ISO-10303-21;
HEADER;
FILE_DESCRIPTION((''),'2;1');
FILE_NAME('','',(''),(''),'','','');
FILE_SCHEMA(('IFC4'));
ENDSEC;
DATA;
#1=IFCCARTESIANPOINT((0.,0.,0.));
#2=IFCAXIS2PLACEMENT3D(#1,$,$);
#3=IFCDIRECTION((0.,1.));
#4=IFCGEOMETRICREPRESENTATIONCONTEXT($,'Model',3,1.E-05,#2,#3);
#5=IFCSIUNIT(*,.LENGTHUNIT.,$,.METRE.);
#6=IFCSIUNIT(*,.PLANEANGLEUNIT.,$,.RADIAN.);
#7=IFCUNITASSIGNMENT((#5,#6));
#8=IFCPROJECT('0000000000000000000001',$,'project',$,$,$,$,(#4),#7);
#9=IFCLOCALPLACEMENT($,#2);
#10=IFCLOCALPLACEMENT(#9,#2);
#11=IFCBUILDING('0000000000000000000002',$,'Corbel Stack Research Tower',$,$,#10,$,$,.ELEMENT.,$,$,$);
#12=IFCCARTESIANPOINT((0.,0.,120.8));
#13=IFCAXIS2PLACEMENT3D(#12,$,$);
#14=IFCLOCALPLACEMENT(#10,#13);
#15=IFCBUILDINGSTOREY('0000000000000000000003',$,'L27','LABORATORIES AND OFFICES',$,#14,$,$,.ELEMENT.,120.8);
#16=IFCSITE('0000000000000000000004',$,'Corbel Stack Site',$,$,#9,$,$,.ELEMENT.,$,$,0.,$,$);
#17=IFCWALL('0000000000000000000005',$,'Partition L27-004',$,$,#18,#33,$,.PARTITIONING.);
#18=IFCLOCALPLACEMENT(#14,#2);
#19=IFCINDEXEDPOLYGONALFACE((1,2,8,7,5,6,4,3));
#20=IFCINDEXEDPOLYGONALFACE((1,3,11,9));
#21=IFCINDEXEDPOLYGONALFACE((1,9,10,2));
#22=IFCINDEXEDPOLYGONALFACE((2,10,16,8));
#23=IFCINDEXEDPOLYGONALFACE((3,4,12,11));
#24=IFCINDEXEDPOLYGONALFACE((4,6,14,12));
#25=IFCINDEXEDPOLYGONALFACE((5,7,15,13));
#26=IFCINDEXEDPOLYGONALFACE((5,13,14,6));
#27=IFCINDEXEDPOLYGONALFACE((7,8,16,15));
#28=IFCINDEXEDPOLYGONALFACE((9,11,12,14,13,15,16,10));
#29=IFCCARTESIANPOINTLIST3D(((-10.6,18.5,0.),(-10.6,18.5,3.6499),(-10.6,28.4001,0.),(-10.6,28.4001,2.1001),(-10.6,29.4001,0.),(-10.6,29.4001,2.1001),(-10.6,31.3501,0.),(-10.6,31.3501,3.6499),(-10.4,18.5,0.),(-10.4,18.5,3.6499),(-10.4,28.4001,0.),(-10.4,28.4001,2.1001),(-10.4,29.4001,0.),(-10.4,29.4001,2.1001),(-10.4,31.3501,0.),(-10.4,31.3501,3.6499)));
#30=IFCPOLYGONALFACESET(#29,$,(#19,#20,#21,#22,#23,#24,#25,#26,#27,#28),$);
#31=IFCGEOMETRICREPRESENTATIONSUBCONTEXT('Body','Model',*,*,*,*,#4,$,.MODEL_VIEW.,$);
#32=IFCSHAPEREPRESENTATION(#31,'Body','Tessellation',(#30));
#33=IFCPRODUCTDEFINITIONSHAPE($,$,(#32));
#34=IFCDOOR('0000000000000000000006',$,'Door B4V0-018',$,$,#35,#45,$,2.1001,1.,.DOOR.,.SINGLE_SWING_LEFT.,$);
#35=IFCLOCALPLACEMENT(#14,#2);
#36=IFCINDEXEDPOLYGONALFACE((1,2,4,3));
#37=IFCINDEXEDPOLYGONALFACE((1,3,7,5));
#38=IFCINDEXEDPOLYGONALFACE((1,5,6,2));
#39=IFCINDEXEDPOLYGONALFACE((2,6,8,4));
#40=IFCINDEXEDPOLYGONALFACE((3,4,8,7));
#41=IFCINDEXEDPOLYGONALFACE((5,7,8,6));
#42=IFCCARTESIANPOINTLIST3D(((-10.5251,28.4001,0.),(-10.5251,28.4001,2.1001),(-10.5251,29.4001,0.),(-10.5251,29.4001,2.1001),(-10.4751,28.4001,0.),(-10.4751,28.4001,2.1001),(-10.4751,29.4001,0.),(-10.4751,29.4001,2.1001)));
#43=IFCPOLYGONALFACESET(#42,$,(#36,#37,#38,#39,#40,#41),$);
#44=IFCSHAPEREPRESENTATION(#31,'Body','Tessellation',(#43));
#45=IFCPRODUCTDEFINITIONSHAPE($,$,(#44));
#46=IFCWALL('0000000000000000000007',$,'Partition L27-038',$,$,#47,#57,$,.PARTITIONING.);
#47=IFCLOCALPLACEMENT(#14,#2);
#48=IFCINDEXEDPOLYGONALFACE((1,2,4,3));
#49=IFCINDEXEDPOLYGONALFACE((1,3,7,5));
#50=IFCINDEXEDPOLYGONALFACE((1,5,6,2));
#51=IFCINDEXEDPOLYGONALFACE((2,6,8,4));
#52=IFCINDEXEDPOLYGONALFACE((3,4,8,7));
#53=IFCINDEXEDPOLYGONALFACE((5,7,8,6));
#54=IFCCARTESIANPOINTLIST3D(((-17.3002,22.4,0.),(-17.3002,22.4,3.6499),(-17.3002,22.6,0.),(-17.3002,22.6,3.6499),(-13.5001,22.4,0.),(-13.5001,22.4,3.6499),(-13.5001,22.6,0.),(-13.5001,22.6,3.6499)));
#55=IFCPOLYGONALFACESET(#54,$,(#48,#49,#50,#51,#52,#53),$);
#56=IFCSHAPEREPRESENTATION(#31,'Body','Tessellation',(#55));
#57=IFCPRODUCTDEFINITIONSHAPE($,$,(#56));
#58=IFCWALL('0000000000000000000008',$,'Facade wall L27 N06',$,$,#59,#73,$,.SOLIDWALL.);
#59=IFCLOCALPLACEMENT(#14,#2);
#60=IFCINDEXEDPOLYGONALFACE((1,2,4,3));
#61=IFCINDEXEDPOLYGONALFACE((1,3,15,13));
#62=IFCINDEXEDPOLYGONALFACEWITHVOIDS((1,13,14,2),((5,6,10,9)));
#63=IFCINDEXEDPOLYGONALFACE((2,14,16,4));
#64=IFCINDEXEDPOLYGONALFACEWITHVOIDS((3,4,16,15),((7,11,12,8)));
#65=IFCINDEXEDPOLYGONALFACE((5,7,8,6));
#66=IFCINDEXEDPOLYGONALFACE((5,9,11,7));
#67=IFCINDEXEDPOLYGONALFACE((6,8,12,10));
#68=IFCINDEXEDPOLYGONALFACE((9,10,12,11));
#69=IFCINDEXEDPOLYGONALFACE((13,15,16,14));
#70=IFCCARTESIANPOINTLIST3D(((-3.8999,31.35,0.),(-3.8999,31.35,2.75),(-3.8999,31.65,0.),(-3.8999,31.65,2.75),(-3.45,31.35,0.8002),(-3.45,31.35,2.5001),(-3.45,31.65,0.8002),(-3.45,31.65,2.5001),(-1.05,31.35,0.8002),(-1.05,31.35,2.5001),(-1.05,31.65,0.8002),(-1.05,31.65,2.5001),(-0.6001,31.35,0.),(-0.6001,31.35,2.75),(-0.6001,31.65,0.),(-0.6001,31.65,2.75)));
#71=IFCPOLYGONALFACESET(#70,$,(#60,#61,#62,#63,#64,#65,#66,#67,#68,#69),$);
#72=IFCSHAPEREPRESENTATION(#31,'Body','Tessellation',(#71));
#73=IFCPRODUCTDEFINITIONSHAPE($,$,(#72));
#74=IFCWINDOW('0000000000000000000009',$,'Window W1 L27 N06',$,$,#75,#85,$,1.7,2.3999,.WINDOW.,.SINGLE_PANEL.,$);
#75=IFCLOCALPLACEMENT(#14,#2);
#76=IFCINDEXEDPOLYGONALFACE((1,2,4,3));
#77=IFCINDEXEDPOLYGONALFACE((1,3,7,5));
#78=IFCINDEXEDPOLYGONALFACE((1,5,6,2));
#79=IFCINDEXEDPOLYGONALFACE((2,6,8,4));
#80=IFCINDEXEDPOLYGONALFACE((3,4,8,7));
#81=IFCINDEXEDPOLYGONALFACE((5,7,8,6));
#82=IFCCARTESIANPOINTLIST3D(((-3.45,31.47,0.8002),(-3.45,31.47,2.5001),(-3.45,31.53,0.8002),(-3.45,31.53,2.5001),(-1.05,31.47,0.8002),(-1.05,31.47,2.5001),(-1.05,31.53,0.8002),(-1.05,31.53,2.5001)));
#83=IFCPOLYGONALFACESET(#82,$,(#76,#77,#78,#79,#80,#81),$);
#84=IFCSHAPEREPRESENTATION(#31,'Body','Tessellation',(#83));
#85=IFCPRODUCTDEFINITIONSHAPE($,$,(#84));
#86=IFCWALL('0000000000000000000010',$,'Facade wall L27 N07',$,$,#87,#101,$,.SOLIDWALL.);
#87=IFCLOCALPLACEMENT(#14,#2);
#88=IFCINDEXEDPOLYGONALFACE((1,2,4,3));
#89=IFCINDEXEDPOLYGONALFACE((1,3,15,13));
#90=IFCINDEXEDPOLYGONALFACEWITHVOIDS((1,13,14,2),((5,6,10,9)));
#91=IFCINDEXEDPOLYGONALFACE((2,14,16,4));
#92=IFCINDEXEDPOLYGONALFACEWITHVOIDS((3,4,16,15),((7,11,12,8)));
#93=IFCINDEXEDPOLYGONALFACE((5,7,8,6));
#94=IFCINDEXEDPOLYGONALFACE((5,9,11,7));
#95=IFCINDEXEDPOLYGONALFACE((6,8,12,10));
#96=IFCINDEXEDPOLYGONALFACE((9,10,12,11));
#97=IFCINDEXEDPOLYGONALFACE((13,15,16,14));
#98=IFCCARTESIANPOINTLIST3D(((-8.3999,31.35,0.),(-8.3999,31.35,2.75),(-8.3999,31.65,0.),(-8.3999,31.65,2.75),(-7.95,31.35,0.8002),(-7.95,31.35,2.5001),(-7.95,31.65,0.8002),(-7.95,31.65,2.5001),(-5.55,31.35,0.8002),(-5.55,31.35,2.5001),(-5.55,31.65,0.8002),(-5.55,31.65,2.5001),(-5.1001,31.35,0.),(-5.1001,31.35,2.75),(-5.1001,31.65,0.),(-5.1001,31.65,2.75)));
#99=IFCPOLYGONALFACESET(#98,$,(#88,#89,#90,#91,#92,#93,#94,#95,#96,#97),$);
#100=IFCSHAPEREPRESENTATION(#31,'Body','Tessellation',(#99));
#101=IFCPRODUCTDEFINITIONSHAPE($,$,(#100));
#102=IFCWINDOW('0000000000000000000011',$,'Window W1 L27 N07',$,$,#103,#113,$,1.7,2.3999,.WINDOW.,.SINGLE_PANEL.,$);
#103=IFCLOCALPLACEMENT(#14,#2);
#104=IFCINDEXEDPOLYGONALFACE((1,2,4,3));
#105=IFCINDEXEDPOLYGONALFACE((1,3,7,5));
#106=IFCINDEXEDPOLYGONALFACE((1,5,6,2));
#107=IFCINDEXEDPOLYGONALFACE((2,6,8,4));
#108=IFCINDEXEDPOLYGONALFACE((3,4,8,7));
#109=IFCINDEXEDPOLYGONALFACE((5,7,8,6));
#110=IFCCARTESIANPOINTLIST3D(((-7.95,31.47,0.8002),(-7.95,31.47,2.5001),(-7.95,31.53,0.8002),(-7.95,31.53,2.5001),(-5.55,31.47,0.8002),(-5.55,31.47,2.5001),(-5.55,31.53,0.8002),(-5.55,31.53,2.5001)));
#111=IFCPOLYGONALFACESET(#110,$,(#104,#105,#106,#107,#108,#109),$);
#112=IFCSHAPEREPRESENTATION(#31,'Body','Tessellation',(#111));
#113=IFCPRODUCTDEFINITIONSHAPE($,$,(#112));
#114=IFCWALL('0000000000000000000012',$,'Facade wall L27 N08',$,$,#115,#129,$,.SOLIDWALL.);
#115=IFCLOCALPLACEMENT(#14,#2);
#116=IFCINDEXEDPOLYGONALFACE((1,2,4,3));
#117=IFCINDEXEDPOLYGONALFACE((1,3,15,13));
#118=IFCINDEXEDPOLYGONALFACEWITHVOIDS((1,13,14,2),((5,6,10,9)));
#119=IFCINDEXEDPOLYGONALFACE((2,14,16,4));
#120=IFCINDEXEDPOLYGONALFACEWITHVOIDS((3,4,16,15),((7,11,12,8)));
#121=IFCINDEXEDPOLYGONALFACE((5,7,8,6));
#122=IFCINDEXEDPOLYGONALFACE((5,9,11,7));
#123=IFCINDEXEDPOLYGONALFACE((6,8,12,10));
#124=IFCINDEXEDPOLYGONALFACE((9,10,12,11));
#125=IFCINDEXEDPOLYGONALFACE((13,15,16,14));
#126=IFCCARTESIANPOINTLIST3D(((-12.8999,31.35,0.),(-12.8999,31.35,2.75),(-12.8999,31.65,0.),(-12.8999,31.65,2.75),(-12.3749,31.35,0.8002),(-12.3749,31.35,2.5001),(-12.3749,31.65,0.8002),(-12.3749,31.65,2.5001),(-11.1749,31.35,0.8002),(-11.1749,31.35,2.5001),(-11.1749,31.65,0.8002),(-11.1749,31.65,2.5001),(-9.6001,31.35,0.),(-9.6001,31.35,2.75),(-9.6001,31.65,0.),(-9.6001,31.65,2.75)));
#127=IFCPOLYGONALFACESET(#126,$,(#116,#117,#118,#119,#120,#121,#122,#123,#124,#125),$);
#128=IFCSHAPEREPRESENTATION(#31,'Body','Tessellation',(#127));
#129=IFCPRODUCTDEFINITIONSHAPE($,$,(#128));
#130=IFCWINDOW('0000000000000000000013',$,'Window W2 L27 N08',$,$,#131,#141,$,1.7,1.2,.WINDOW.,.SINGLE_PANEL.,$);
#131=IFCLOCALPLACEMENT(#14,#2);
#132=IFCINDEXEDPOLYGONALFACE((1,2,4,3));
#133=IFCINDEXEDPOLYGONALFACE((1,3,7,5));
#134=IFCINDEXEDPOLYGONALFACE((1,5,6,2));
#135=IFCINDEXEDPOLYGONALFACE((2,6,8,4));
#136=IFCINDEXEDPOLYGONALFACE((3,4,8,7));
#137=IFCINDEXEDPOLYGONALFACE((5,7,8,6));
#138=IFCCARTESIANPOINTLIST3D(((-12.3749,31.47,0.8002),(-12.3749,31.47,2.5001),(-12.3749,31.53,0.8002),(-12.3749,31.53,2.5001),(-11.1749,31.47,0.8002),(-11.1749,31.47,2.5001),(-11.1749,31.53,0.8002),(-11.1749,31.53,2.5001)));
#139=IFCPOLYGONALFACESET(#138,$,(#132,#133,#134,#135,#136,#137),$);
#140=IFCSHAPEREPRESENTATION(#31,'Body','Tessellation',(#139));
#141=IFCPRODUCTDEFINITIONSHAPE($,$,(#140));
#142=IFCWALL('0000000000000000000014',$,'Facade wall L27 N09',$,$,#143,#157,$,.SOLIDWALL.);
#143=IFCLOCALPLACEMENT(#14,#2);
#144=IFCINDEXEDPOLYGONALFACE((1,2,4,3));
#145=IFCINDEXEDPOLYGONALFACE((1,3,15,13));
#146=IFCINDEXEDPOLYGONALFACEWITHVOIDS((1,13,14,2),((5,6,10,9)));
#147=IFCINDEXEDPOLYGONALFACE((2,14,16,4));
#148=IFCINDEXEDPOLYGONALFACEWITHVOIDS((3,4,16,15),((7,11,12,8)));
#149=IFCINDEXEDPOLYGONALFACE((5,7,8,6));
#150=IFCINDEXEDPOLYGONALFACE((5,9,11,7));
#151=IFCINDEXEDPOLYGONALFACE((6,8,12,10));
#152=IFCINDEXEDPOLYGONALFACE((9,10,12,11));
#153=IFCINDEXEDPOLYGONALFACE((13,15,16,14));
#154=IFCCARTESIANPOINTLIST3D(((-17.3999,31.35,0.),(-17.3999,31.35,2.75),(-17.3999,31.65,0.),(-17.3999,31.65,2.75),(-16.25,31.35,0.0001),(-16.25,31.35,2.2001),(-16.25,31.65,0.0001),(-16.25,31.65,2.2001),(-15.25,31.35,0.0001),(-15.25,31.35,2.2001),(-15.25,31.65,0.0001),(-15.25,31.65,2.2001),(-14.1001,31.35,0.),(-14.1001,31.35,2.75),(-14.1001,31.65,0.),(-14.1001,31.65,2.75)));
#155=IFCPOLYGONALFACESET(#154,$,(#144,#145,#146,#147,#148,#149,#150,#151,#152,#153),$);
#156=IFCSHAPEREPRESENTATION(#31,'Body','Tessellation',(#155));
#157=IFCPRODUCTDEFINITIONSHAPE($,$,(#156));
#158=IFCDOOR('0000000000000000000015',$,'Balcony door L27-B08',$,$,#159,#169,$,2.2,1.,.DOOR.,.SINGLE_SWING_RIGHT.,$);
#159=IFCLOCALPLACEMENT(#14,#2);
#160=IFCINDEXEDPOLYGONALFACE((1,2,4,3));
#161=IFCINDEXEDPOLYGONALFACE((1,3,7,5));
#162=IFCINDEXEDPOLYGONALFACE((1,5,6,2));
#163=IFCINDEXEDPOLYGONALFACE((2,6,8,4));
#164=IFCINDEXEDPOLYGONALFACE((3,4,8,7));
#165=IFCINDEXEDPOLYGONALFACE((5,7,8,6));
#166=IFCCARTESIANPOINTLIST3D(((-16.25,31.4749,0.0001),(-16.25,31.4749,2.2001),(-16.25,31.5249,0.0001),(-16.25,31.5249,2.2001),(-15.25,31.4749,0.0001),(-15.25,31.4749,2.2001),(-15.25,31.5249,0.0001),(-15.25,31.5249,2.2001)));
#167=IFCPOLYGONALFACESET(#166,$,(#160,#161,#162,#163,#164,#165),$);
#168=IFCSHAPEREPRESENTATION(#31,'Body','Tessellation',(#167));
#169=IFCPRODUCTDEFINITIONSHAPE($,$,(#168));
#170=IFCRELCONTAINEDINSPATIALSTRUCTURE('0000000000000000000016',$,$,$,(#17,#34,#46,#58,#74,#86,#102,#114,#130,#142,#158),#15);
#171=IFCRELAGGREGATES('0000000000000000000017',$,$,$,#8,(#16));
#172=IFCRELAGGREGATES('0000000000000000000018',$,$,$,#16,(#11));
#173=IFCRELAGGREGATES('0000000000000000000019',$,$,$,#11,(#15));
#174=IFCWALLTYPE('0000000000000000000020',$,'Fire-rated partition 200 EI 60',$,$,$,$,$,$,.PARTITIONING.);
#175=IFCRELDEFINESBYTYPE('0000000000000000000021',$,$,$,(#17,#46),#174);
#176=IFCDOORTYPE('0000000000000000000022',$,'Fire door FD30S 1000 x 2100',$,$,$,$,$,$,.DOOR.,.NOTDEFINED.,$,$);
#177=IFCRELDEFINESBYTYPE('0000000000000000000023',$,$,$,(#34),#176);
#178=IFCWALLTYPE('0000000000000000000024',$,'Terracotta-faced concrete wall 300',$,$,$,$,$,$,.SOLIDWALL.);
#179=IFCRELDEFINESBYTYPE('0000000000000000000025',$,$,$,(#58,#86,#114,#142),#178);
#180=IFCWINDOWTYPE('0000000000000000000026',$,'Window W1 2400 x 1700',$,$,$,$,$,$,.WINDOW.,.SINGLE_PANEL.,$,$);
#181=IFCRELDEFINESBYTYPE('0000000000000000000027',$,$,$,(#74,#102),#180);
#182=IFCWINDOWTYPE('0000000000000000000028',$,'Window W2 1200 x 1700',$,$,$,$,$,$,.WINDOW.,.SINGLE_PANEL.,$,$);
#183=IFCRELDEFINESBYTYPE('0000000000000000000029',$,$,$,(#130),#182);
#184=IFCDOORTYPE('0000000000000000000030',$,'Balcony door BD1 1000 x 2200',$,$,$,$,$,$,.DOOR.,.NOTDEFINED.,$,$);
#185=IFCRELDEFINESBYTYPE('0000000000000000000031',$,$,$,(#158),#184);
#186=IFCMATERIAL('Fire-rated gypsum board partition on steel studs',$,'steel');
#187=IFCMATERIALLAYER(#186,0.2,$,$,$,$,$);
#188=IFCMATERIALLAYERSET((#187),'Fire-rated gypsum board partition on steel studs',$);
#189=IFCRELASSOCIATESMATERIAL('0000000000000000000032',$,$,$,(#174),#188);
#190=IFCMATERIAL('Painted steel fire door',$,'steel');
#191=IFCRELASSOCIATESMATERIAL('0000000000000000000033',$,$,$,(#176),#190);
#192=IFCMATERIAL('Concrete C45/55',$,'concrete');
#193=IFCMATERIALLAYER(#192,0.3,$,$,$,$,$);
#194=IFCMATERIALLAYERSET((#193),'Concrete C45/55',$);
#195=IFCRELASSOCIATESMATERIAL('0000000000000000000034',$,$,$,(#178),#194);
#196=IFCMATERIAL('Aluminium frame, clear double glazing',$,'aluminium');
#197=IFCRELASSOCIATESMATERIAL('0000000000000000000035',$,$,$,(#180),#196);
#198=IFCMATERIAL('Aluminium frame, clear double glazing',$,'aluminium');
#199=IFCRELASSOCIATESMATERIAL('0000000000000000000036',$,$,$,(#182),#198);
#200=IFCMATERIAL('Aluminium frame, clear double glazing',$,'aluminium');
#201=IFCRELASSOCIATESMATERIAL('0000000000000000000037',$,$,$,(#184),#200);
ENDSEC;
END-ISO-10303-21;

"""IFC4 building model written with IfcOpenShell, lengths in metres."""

from ifc_helpers import new_model, si_unit, direction, frame, frame_2d, origin, place, context, subcontext, project, spatial, rectangle, extrude, material, layer, layer_set, type_object, element, fill, save


model = new_model("IFC4")

# Units and contexts
model_context = context("Model", 3, precision=1e-05, world=origin(), true_north=direction((0.0, 1.0)))
body_context = subcontext(model_context, "Body", "Model", "MODEL_VIEW")
ifc_project = project(units=[si_unit("LENGTHUNIT", "METRE"), si_unit("PLANEANGLEUNIT", "RADIAN")], contexts=[model_context])

# Site, building, storey
site_placement = place(None, origin())
site = spatial("IfcSite", under=ifc_project, at=site_placement, Name="Corbel Stack Site", CompositionType="ELEMENT", RefElevation=0.0)
building_placement = place(site_placement, origin())
building = spatial("IfcBuilding", under=site, at=building_placement, Name="Corbel Stack Research Tower", CompositionType="ELEMENT")
storey_placement = place(building_placement, frame((0.0, 0.0, 120.8)))
storey = spatial("IfcBuildingStorey", under=building, at=storey_placement, Name="L27", Description="LABORATORIES AND OFFICES", CompositionType="ELEMENT", Elevation=120.8)

# Wall, opening, door
ifc_material_1 = material(Name="Fire-rated gypsum board partition on steel studs", Category="steel")
ifc_layer_1 = layer(ifc_material_1, 0.2)
ifc_layer_set_1 = layer_set([ifc_layer_1], Name="Fire-rated gypsum board partition on steel studs")
wall_type_1 = type_object("IfcWallType", Name="Fire-rated partition 200 EI 60", PredefinedType="PARTITIONING", material=ifc_layer_set_1)
wall_1_placement = place(storey_placement, frame((-10.5, 31.3501, 0.0), z_axis=(0.0, 0.0, 1.0), x_axis=(0.0, -1.0, 0.0)))
wall_1 = element("IfcWall", 1, at=wall_1_placement, inside=storey, type_object=wall_type_1, Name="Partition L27-004", PredefinedType="PARTITIONING", context=body_context, shape_type="SweptSolid", body=[
    extrude(rectangle(XDim=12.8501, YDim=0.2, at=frame_2d((6.425, 0.0))), origin(), (0.0, 0.0, 1.0), 3.6499),
])
opening_1_placement = place(wall_1_placement, frame((1.95, 0.0, 0.0)))
opening_1 = element("IfcOpeningElement", 2, at=opening_1_placement, cuts=wall_1, PredefinedType="OPENING", context=body_context, shape_type="SweptSolid", body=[
    extrude(rectangle(XDim=1.0, YDim=2.1001, at=frame_2d((0.5, 1.05))), frame((0.0, 0.1099, 0.0), z_axis=(0.0, -1.0, 0.0), x_axis=(1.0, 0.0, 0.0)), (0.0, 0.0, 1.0), 0.22),
])
ifc_material_2 = material(Name="Painted steel fire door", Category="steel")
door_type_1 = type_object("IfcDoorType", Name="Fire door FD30S 1000 x 2100", OperationType="NOTDEFINED", PredefinedType="DOOR", material=ifc_material_2)
door_1_placement = place(opening_1_placement, origin())
door_1 = element("IfcDoor", 3, at=door_1_placement, inside=storey, type_object=door_type_1, Name="Door B4V0-018", OperationType="SINGLE_SWING_LEFT", OverallHeight=2.1001, OverallWidth=1.0, PredefinedType="DOOR", context=body_context, shape_type="SweptSolid", body=[
    extrude(rectangle(XDim=1.0, YDim=2.1001, at=frame_2d((0.5, 1.05))), frame((0.0, 0.0249, 0.0), z_axis=(0.0, -1.0, 0.0), x_axis=(1.0, 0.0, 0.0)), (0.0, 0.0, 1.0), 0.05),
])
fill(opening_1, door_1)

# Wall
wall_2_placement = place(storey_placement, frame((-17.3, 22.5, 0.0), z_axis=(0.0, 0.0, 1.0), x_axis=(1.0, 0.0, 0.0)))
element("IfcWall", 4, at=wall_2_placement, inside=storey, type_object=wall_type_1, Name="Partition L27-038", PredefinedType="PARTITIONING", context=body_context, shape_type="SweptSolid", body=[
    extrude(rectangle(XDim=3.8, YDim=0.2, at=frame_2d((1.8999, 0.0))), origin(), (0.0, 0.0, 1.0), 3.6499),
])

# Walls, openings, windows
ifc_material_3 = material(Name="Concrete C45/55", Category="concrete")
ifc_layer_2 = layer(ifc_material_3, 0.3)
ifc_layer_set_2 = layer_set([ifc_layer_2], Name="Concrete C45/55")
wall_type_2 = type_object("IfcWallType", Name="Terracotta-faced concrete wall 300", PredefinedType="SOLIDWALL", material=ifc_layer_set_2)
wall_3_placement = place(storey_placement, frame((-3.8999, 31.5, 0.0), z_axis=(0.0, 0.0, 1.0), x_axis=(1.0, 0.0, 0.0)))
wall_3 = element("IfcWall", 5, at=wall_3_placement, inside=storey, type_object=wall_type_2, Name="Facade wall L27 N06", PredefinedType="SOLIDWALL", context=body_context, shape_type="SweptSolid", body=[
    extrude(rectangle(XDim=3.2998, YDim=0.3, at=frame_2d((1.6499, 0.0))), origin(), (0.0, 0.0, 1.0), 2.75),
])
opening_2_placement = place(wall_3_placement, frame((0.45, 0.0, 0.8)))
opening_2 = element("IfcOpeningElement", 6, at=opening_2_placement, cuts=wall_3, PredefinedType="OPENING", context=body_context, shape_type="SweptSolid", body=[
    extrude(rectangle(XDim=2.3999, YDim=1.7, at=frame_2d((1.2, 0.8501))), frame((0.0, 0.1599, 0.0), z_axis=(0.0, -1.0, 0.0), x_axis=(1.0, 0.0, 0.0)), (0.0, 0.0, 1.0), 0.3201),
])
ifc_material_4 = material(Name="Aluminium frame, clear double glazing", Category="aluminium")
window_type_1 = type_object("IfcWindowType", Name="Window W1 2400 x 1700", PartitioningType="SINGLE_PANEL", PredefinedType="WINDOW", material=ifc_material_4)
window_1_placement = place(opening_2_placement, origin())
window_1 = element("IfcWindow", 7, at=window_1_placement, inside=storey, type_object=window_type_1, Name="Window W1 L27 N06", OverallHeight=1.7, OverallWidth=2.3999, PartitioningType="SINGLE_PANEL", PredefinedType="WINDOW", context=body_context, shape_type="SweptSolid", body=[
    extrude(rectangle(XDim=2.3999, YDim=1.7, at=frame_2d((1.2, 0.8501))), frame((0.0, 0.03, 0.0), z_axis=(0.0, -1.0, 0.0), x_axis=(1.0, 0.0, 0.0)), (0.0, 0.0, 1.0), 0.0601),
])
fill(opening_2, window_1)
wall_4_placement = place(storey_placement, frame((-8.3999, 31.5, 0.0), z_axis=(0.0, 0.0, 1.0), x_axis=(1.0, 0.0, 0.0)))
wall_4 = element("IfcWall", 8, at=wall_4_placement, inside=storey, type_object=wall_type_2, Name="Facade wall L27 N07", PredefinedType="SOLIDWALL", context=body_context, shape_type="SweptSolid", body=[
    extrude(rectangle(XDim=3.2998, YDim=0.3, at=frame_2d((1.6499, 0.0))), origin(), (0.0, 0.0, 1.0), 2.75),
])
opening_3_placement = place(wall_4_placement, frame((0.45, 0.0, 0.8)))
opening_3 = element("IfcOpeningElement", 9, at=opening_3_placement, cuts=wall_4, PredefinedType="OPENING", context=body_context, shape_type="SweptSolid", body=[
    extrude(rectangle(XDim=2.3999, YDim=1.7, at=frame_2d((1.2, 0.8501))), frame((0.0, 0.1599, 0.0), z_axis=(0.0, -1.0, 0.0), x_axis=(1.0, 0.0, 0.0)), (0.0, 0.0, 1.0), 0.3201),
])
window_2_placement = place(opening_3_placement, origin())
window_2 = element("IfcWindow", 10, at=window_2_placement, inside=storey, type_object=window_type_1, Name="Window W1 L27 N07", OverallHeight=1.7, OverallWidth=2.3999, PartitioningType="SINGLE_PANEL", PredefinedType="WINDOW", context=body_context, shape_type="SweptSolid", body=[
    extrude(rectangle(XDim=2.3999, YDim=1.7, at=frame_2d((1.2, 0.8501))), frame((0.0, 0.03, 0.0), z_axis=(0.0, -1.0, 0.0), x_axis=(1.0, 0.0, 0.0)), (0.0, 0.0, 1.0), 0.0601),
])
fill(opening_3, window_2)
wall_5_placement = place(storey_placement, frame((-12.8999, 31.5, 0.0), z_axis=(0.0, 0.0, 1.0), x_axis=(1.0, 0.0, 0.0)))
wall_5 = element("IfcWall", 11, at=wall_5_placement, inside=storey, type_object=wall_type_2, Name="Facade wall L27 N08", PredefinedType="SOLIDWALL", context=body_context, shape_type="SweptSolid", body=[
    extrude(rectangle(XDim=3.2998, YDim=0.3, at=frame_2d((1.6499, 0.0))), origin(), (0.0, 0.0, 1.0), 2.75),
])
opening_4_placement = place(wall_5_placement, frame((0.5249, 0.0, 0.8)))
opening_4 = element("IfcOpeningElement", 12, at=opening_4_placement, cuts=wall_5, PredefinedType="OPENING", context=body_context, shape_type="SweptSolid", body=[
    extrude(rectangle(XDim=1.2, YDim=1.7, at=frame_2d((0.6001, 0.8501))), frame((0.0, 0.1599, 0.0), z_axis=(0.0, -1.0, 0.0), x_axis=(1.0, 0.0, 0.0)), (0.0, 0.0, 1.0), 0.3201),
])
ifc_material_5 = material(Name="Aluminium frame, clear double glazing", Category="aluminium")
window_type_2 = type_object("IfcWindowType", Name="Window W2 1200 x 1700", PartitioningType="SINGLE_PANEL", PredefinedType="WINDOW", material=ifc_material_5)
window_3_placement = place(opening_4_placement, origin())
window_3 = element("IfcWindow", 13, at=window_3_placement, inside=storey, type_object=window_type_2, Name="Window W2 L27 N08", OverallHeight=1.7, OverallWidth=1.2, PartitioningType="SINGLE_PANEL", PredefinedType="WINDOW", context=body_context, shape_type="SweptSolid", body=[
    extrude(rectangle(XDim=1.2, YDim=1.7, at=frame_2d((0.6001, 0.8501))), frame((0.0, 0.03, 0.0), z_axis=(0.0, -1.0, 0.0), x_axis=(1.0, 0.0, 0.0)), (0.0, 0.0, 1.0), 0.0601),
])
fill(opening_4, window_3)

# Wall, opening, door
wall_6_placement = place(storey_placement, frame((-17.3999, 31.5, 0.0), z_axis=(0.0, 0.0, 1.0), x_axis=(1.0, 0.0, 0.0)))
wall_6 = element("IfcWall", 14, at=wall_6_placement, inside=storey, type_object=wall_type_2, Name="Facade wall L27 N09", PredefinedType="SOLIDWALL", context=body_context, shape_type="SweptSolid", body=[
    extrude(rectangle(XDim=3.2998, YDim=0.3, at=frame_2d((1.6499, 0.0))), origin(), (0.0, 0.0, 1.0), 2.75),
])
opening_5_placement = place(wall_6_placement, frame((1.1499, 0.0, 0.0)))
opening_5 = element("IfcOpeningElement", 15, at=opening_5_placement, cuts=wall_6, PredefinedType="OPENING", context=body_context, shape_type="SweptSolid", body=[
    extrude(rectangle(XDim=1.0, YDim=2.2, at=frame_2d((0.5, 1.1001))), frame((0.0, 0.1599, 0.0), z_axis=(0.0, -1.0, 0.0), x_axis=(1.0, 0.0, 0.0)), (0.0, 0.0, 1.0), 0.3201),
])
ifc_material_6 = material(Name="Aluminium frame, clear double glazing", Category="aluminium")
door_type_2 = type_object("IfcDoorType", Name="Balcony door BD1 1000 x 2200", OperationType="NOTDEFINED", PredefinedType="DOOR", material=ifc_material_6)
door_2_placement = place(opening_5_placement, origin())
door_2 = element("IfcDoor", 16, at=door_2_placement, inside=storey, type_object=door_type_2, Name="Balcony door L27-B08", OperationType="SINGLE_SWING_RIGHT", OverallHeight=2.2, OverallWidth=1.0, PredefinedType="DOOR", context=body_context, shape_type="SweptSolid", body=[
    extrude(rectangle(XDim=1.0, YDim=2.2, at=frame_2d((0.5, 1.1001))), frame((0.0, 0.0249, 0.0), z_axis=(0.0, -1.0, 0.0), x_axis=(1.0, 0.0, 0.0)), (0.0, 0.0, 1.0), 0.05),
])
fill(opening_5, door_2)

save(model, "model.ifc")
